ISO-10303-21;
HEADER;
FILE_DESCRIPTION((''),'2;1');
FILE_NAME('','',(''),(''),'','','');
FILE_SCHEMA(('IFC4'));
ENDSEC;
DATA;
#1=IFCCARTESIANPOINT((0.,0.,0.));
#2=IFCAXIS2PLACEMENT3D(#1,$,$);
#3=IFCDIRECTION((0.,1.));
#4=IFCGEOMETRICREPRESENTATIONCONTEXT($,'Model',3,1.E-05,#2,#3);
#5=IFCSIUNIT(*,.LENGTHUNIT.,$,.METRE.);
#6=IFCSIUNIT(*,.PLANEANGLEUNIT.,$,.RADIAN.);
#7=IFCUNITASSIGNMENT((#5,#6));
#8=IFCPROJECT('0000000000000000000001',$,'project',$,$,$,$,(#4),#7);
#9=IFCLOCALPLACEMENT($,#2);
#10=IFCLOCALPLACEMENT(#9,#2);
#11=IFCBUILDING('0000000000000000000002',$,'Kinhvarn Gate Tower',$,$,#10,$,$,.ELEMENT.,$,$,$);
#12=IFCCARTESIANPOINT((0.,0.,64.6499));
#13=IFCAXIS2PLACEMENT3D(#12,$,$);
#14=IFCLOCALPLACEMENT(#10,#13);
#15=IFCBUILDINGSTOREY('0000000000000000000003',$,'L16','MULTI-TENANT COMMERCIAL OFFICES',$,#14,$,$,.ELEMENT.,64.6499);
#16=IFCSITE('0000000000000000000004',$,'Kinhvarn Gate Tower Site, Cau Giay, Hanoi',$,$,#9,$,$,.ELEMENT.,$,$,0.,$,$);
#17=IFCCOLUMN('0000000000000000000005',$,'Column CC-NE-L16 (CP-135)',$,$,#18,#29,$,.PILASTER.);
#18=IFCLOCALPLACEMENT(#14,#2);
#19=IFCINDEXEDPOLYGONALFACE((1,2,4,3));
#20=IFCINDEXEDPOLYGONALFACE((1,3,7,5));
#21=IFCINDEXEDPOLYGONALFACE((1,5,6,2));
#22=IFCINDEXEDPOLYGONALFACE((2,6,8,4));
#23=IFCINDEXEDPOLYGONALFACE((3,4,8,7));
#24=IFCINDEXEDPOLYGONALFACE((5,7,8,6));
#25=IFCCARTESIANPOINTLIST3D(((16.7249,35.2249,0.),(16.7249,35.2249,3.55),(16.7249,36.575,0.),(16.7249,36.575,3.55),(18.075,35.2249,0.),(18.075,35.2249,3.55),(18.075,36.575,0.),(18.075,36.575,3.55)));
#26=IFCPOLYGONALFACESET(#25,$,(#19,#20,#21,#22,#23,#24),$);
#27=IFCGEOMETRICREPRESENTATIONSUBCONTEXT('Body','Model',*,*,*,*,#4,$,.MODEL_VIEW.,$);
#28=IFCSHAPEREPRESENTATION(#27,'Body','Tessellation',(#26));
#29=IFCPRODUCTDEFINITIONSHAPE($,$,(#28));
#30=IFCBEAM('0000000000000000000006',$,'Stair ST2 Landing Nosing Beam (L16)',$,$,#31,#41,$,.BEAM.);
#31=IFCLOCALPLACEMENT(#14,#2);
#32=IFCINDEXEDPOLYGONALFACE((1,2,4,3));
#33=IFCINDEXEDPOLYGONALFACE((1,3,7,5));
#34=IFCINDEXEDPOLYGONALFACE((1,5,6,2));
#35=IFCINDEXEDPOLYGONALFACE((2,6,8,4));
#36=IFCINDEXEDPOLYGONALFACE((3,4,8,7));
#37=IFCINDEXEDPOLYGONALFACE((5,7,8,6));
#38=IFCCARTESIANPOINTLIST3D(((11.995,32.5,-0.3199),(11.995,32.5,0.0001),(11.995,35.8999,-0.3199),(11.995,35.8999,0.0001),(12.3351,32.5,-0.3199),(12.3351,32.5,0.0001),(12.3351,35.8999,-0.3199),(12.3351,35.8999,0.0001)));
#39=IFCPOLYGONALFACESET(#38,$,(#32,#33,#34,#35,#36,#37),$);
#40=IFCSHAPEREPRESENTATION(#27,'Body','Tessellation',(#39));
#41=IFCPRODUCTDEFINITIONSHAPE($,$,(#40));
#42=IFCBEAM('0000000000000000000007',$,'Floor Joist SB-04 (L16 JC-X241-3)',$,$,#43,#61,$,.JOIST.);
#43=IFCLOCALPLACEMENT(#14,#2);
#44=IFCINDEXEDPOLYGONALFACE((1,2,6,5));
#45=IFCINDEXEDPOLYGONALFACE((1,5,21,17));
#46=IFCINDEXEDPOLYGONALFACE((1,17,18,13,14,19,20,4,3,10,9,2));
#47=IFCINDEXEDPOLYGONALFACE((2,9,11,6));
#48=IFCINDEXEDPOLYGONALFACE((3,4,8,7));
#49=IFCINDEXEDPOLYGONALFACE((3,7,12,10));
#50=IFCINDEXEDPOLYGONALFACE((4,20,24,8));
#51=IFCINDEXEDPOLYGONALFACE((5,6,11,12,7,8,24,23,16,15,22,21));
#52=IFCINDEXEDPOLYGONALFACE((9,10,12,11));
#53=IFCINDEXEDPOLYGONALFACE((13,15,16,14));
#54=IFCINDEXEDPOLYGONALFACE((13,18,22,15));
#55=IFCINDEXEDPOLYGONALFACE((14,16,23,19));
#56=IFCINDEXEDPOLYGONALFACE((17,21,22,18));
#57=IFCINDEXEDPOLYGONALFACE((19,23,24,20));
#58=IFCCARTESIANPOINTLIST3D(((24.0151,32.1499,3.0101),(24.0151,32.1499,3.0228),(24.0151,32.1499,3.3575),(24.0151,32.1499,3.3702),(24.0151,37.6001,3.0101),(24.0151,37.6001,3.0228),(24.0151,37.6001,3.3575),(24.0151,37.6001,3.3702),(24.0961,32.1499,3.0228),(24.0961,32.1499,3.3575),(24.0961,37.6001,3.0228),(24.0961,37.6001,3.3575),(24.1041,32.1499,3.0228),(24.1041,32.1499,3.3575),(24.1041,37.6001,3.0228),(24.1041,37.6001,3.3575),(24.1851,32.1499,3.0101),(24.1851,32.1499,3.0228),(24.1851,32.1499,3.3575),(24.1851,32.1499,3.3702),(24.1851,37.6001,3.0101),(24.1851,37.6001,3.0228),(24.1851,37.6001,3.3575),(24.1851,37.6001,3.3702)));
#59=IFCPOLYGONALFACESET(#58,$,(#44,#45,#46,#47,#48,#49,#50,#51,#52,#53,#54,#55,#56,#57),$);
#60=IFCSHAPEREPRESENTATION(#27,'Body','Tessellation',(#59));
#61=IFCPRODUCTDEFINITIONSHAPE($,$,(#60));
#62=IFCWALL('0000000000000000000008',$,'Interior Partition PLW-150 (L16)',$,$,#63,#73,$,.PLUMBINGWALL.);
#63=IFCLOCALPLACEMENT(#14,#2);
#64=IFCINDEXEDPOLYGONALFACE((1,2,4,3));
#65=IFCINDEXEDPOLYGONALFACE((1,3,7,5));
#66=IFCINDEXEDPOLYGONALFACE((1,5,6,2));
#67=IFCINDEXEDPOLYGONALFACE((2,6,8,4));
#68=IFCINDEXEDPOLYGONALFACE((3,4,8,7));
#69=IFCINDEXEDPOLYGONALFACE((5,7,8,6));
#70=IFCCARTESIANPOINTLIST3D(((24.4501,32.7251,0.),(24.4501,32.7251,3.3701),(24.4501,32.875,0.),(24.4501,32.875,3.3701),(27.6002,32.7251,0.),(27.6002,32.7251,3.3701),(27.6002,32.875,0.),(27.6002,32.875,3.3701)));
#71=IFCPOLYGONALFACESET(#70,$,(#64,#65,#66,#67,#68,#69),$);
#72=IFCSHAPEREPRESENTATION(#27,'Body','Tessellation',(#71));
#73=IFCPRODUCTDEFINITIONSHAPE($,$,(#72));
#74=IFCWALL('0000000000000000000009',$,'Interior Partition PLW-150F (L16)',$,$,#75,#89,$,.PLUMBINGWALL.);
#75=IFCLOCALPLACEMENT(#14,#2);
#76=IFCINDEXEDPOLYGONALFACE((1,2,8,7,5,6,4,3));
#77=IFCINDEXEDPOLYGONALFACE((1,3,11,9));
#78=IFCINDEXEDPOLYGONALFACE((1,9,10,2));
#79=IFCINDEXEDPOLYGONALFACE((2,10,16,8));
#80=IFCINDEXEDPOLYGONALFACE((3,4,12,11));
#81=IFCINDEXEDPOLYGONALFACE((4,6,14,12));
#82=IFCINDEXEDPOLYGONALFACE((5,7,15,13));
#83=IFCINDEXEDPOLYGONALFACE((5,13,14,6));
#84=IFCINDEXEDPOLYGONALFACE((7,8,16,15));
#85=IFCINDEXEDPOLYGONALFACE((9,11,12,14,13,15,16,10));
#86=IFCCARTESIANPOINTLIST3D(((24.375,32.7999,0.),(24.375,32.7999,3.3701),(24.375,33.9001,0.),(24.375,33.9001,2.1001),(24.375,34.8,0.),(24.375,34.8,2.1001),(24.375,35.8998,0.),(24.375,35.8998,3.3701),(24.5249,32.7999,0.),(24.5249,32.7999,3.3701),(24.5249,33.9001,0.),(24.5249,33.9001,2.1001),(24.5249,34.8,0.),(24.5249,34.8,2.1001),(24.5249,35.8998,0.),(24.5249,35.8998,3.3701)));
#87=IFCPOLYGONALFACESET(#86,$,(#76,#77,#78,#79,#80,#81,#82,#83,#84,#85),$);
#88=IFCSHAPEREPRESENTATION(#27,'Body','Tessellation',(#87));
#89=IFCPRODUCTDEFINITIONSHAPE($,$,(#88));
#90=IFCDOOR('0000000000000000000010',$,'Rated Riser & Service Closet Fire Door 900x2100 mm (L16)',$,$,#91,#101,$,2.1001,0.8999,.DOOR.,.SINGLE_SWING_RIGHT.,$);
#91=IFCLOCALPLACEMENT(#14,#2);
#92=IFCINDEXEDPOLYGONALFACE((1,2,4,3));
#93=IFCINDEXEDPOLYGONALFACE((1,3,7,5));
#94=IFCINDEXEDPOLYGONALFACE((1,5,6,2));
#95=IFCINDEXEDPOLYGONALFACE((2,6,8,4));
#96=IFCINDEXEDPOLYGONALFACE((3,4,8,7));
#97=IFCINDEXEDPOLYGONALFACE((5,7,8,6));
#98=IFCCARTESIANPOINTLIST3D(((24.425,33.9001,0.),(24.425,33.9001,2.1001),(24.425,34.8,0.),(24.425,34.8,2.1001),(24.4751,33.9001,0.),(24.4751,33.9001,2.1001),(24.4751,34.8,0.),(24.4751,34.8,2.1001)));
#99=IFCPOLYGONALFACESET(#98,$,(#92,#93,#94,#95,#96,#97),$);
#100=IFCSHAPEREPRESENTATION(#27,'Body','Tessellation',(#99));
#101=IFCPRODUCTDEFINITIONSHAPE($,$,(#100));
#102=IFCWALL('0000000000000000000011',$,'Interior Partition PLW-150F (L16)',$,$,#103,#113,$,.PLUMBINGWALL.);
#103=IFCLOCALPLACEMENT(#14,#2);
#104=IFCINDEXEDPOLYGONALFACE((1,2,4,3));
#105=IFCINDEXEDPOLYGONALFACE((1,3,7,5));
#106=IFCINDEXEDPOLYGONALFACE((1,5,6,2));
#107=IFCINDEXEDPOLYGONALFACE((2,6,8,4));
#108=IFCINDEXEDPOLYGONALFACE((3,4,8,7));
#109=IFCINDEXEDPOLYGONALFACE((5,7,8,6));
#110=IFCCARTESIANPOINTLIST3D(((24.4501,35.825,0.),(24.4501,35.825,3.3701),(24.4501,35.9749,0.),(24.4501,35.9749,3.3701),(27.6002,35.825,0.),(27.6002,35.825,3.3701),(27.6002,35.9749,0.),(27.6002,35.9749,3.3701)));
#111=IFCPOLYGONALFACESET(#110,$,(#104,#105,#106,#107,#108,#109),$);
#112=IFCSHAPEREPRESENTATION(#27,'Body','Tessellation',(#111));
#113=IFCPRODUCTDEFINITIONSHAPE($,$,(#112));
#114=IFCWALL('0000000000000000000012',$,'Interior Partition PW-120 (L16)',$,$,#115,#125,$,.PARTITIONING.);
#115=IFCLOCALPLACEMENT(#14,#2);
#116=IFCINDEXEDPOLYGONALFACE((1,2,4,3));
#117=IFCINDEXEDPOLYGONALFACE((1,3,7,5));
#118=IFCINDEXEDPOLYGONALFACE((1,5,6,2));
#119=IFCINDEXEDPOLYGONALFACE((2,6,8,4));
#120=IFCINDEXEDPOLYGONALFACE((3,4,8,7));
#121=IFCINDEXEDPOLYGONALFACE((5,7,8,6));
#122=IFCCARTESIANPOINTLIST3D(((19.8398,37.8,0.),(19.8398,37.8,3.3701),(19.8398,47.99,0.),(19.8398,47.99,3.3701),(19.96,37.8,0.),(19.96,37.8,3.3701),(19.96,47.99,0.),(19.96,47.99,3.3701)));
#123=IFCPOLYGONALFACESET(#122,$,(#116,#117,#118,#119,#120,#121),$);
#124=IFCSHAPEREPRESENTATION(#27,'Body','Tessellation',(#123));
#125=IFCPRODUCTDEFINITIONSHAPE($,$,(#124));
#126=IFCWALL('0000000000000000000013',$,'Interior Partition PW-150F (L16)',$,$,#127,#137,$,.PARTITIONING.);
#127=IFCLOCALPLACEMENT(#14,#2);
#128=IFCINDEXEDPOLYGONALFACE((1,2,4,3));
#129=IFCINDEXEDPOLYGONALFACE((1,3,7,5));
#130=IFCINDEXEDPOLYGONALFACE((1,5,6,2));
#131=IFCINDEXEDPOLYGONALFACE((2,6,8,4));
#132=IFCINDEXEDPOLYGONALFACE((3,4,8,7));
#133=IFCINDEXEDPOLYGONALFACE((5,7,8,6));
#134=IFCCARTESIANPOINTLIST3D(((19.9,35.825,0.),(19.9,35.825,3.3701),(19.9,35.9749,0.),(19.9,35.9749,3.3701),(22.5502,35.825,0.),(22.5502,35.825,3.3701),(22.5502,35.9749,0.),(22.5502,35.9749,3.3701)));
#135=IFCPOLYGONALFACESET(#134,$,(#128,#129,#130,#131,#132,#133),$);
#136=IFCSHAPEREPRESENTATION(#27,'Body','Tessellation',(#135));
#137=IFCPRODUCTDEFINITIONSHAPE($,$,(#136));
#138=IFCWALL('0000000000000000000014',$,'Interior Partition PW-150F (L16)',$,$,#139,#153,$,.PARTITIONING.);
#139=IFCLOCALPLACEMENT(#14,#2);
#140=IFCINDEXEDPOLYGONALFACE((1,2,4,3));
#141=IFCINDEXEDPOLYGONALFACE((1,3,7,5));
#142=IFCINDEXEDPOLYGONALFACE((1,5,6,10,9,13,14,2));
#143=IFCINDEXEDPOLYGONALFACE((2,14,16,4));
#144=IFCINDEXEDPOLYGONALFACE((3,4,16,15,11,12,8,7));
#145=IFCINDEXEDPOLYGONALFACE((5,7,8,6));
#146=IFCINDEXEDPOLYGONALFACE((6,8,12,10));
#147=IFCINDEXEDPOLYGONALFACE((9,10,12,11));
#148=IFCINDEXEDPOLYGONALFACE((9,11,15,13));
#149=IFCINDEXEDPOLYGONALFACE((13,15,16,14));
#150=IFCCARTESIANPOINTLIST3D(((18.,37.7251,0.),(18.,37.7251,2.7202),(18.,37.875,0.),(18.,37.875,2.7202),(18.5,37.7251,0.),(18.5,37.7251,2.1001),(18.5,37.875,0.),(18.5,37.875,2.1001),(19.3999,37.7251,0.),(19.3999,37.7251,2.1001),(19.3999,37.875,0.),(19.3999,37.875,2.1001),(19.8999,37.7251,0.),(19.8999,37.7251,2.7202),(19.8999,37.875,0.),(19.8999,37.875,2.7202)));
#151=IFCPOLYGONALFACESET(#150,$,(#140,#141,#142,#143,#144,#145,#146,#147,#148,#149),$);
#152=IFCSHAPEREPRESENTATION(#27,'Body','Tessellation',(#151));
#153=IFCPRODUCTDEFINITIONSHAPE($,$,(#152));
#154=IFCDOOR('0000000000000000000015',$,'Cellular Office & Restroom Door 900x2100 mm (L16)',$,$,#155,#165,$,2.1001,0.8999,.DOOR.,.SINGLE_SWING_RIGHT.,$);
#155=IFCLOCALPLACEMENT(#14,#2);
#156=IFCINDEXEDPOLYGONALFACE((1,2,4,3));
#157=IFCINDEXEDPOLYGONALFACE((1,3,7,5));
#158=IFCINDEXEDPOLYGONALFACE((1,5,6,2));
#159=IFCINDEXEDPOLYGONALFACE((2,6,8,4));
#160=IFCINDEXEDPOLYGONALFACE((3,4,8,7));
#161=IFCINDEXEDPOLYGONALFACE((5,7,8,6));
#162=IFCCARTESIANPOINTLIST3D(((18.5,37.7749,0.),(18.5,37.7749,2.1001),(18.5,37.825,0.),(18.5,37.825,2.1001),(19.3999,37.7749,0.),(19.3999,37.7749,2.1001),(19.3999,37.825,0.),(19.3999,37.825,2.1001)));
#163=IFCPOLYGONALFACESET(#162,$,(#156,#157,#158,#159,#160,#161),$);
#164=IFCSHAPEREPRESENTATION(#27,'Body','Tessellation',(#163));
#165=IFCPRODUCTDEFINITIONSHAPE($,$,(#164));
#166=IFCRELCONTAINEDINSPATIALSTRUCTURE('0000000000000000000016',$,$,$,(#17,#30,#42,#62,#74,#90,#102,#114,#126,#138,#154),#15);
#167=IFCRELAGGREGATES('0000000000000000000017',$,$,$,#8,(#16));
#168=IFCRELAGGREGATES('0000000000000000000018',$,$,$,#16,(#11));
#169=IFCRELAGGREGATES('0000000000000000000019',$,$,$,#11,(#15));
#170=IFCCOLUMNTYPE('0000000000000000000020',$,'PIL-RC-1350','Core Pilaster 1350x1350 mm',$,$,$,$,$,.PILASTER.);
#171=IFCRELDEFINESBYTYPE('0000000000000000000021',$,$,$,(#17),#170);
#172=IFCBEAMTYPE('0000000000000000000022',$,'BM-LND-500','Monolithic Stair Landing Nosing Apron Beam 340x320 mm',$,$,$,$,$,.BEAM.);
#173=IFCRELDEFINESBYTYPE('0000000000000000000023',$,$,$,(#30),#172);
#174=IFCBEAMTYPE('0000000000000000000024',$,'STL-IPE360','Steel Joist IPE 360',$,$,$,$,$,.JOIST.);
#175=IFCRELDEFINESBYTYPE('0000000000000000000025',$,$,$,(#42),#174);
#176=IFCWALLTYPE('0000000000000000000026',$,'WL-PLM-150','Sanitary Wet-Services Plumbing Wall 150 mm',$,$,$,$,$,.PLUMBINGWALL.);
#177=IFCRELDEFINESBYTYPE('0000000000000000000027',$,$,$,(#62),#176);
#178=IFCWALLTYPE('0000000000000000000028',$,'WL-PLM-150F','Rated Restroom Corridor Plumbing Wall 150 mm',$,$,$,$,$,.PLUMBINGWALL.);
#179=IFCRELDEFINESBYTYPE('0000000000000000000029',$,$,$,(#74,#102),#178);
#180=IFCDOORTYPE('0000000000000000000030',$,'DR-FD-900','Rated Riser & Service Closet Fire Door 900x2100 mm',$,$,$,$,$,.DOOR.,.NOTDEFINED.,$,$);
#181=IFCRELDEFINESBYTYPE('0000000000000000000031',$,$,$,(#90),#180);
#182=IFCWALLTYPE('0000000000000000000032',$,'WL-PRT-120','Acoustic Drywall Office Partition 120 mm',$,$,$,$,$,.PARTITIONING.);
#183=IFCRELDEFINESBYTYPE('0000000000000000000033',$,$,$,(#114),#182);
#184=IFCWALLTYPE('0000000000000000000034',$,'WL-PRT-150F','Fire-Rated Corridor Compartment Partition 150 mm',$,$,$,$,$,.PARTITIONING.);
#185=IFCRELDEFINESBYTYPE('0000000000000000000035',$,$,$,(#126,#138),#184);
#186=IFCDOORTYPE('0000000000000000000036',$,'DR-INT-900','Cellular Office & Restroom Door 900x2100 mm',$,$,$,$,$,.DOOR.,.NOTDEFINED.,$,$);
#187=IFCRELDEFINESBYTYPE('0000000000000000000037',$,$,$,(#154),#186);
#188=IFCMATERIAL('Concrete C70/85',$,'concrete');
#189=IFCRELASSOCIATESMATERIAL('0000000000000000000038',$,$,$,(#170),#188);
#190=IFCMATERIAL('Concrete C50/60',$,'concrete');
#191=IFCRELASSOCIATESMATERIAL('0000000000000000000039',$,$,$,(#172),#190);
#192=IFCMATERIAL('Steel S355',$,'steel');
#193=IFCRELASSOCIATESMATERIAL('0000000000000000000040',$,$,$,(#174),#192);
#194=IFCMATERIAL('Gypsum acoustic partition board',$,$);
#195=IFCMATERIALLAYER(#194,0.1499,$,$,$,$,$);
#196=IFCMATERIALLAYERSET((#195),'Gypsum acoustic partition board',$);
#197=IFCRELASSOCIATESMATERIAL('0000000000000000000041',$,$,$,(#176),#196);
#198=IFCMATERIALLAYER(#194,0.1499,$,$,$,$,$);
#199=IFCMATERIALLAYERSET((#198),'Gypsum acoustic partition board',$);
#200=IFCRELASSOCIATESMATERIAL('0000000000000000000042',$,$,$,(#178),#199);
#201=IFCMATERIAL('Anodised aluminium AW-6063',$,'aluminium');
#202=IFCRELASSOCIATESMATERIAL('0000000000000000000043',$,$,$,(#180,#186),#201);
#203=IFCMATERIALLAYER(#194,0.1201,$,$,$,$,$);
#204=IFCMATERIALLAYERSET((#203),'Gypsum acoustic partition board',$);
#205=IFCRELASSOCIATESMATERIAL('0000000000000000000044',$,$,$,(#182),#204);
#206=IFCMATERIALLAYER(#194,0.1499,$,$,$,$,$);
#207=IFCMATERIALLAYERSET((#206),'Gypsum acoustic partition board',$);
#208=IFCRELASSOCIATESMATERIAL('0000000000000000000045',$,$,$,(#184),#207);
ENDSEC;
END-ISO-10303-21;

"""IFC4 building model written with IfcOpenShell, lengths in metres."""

from ifc_helpers import new_model, si_unit, direction, frame, frame_2d, origin, origin_2d, place, context, subcontext, project, spatial, rectangle, i_section, extrude, material, layer, layer_set, material_profile, profile_set, type_object, element, fill, save


model = new_model("IFC4")

# Units and contexts
model_context = context("Model", 3, precision=1e-05, world=origin(), true_north=direction((0.0, 1.0)))
body_context = subcontext(model_context, "Body", "Model", "MODEL_VIEW")
ifc_project = project(units=[si_unit("LENGTHUNIT", "METRE"), si_unit("PLANEANGLEUNIT", "RADIAN")], contexts=[model_context])

# Site, building, storey
site_placement = place(None, origin())
site = spatial("IfcSite", under=ifc_project, at=site_placement, Name="Kinhvarn Gate Tower Site, Cau Giay, Hanoi", CompositionType="ELEMENT", RefElevation=0.0)
building_placement = place(site_placement, origin())
building = spatial("IfcBuilding", under=site, at=building_placement, Name="Kinhvarn Gate Tower", CompositionType="ELEMENT")
storey_placement = place(building_placement, frame((0.0, 0.0, 64.6499)))
storey = spatial("IfcBuildingStorey", under=building, at=storey_placement, Name="L16", Description="MULTI-TENANT COMMERCIAL OFFICES", CompositionType="ELEMENT", Elevation=64.6499)

# Column
ifc_material_1 = material(Name="Concrete C70/85", Category="concrete")
ifc_material_profile_1 = material_profile(ifc_material_1, rectangle(XDim=1.3501, YDim=1.3501, at=origin_2d()), Name="RC 1350x1350")
ifc_profile_set_1 = profile_set([ifc_material_profile_1], Name="Concrete C70/85")
column_type = type_object("IfcColumnType", Name="PIL-RC-1350", Description="Core Pilaster 1350x1350 mm", PredefinedType="PILASTER", material=ifc_profile_set_1)
column_placement = place(storey_placement, frame((17.3999, 35.8999, 0.0), z_axis=(0.0, 0.0, 1.0), x_axis=(1.0, 0.0, 0.0)))
element("IfcColumn", 1, at=column_placement, inside=storey, type_object=column_type, Name="Column CC-NE-L16 (CP-135)", PredefinedType="PILASTER", context=body_context, shape_type="SweptSolid", body=[
    extrude(rectangle(XDim=1.3501, YDim=1.3501, at=origin_2d()), origin(), (0.0, 0.0, 1.0), 3.55),
])

# Beams
ifc_material_2 = material(Name="Concrete C50/60", Category="concrete")
ifc_material_profile_2 = material_profile(ifc_material_2, rectangle(XDim=0.3401, YDim=0.3201, at=origin_2d()), Name="RC 340x320")
ifc_profile_set_2 = profile_set([ifc_material_profile_2], Name="Concrete C50/60")
beam_type_1 = type_object("IfcBeamType", Name="BM-LND-500", Description="Monolithic Stair Landing Nosing Apron Beam 340x320 mm", PredefinedType="BEAM", material=ifc_profile_set_2)
beam_1_placement = place(storey_placement, frame((12.165, 32.5, -0.1599), z_axis=(0.0, 1.0, 0.0), x_axis=(-1.0, 0.0, 0.0)))
element("IfcBeam", 2, at=beam_1_placement, inside=storey, type_object=beam_type_1, Name="Stair ST2 Landing Nosing Beam (L16)", PredefinedType="BEAM", context=body_context, shape_type="SweptSolid", body=[
    extrude(rectangle(XDim=0.3401, YDim=0.3201, at=origin_2d()), origin(), (0.0, 0.0, 1.0), 3.3999),
])
ifc_material_3 = material(Name="Steel S355", Category="steel")
ifc_material_profile_3 = material_profile(ifc_material_3, i_section(OverallWidth=0.1699, OverallDepth=0.3601, WebThickness=0.0081, FlangeThickness=0.0127, at=origin_2d()), Name="IPE 360")
ifc_profile_set_3 = profile_set([ifc_material_profile_3], Name="Steel S355")
beam_type_2 = type_object("IfcBeamType", Name="STL-IPE360", Description="Steel Joist IPE 360", PredefinedType="JOIST", material=ifc_profile_set_3)
beam_2_placement = place(storey_placement, frame((24.1001, 32.1499, 3.1902), z_axis=(0.0, 1.0, 0.0), x_axis=(-1.0, 0.0, 0.0)))
element("IfcBeam", 3, at=beam_2_placement, inside=storey, type_object=beam_type_2, Name="Floor Joist SB-04 (L16 JC-X241-3)", PredefinedType="JOIST", context=body_context, shape_type="SweptSolid", body=[
    extrude(i_section(OverallWidth=0.1699, OverallDepth=0.3601, WebThickness=0.0081, FlangeThickness=0.0127, at=origin_2d()), origin(), (0.0, 0.0, 1.0), 5.4502),
])

# Wall
ifc_material_4 = material(Name="Gypsum acoustic partition board")
ifc_layer_1 = layer(ifc_material_4, 0.1499)
ifc_layer_set_1 = layer_set([ifc_layer_1], Name="Gypsum acoustic partition board")
wall_type_1 = type_object("IfcWallType", Name="WL-PLM-150", Description="Sanitary Wet-Services Plumbing Wall 150 mm", PredefinedType="PLUMBINGWALL", material=ifc_layer_set_1)
wall_1_placement = place(storey_placement, frame((24.45, 32.8, 0.0), z_axis=(0.0, 0.0, 1.0), x_axis=(1.0, 0.0, 0.0)))
element("IfcWall", 4, at=wall_1_placement, inside=storey, type_object=wall_type_1, Name="Interior Partition PLW-150 (L16)", PredefinedType="PLUMBINGWALL", context=body_context, shape_type="SweptSolid", body=[
    extrude(rectangle(XDim=3.1501, YDim=0.1499, at=frame_2d((1.5752, 0.0))), origin(), (0.0, 0.0, 1.0), 3.3701),
])

# Wall, opening, door
ifc_layer_2 = layer(ifc_material_4, 0.1499)
ifc_layer_set_2 = layer_set([ifc_layer_2], Name="Gypsum acoustic partition board")
wall_type_2 = type_object("IfcWallType", Name="WL-PLM-150F", Description="Rated Restroom Corridor Plumbing Wall 150 mm", PredefinedType="PLUMBINGWALL", material=ifc_layer_set_2)
wall_2_placement = place(storey_placement, frame((24.45, 32.8, 0.0), z_axis=(0.0, 0.0, 1.0), x_axis=(0.0, 1.0, 0.0)))
wall_2 = element("IfcWall", 5, at=wall_2_placement, inside=storey, type_object=wall_type_2, Name="Interior Partition PLW-150F (L16)", PredefinedType="PLUMBINGWALL", context=body_context, shape_type="SweptSolid", body=[
    extrude(rectangle(XDim=3.0999, YDim=0.1499, at=frame_2d((1.5498, 0.0))), origin(), (0.0, 0.0, 1.0), 3.3701),
])
opening_1_placement = place(wall_2_placement, frame((1.1001, 0.0, 0.0)))
opening_1 = element("IfcOpeningElement", 6, at=opening_1_placement, cuts=wall_2, PredefinedType="OPENING", context=body_context, shape_type="SweptSolid", body=[
    extrude(rectangle(XDim=0.8999, YDim=2.1001, at=frame_2d((0.45, 1.05))), frame((0.0, 0.085, 0.0), z_axis=(0.0, -1.0, 0.0), x_axis=(1.0, 0.0, 0.0)), (0.0, 0.0, 1.0), 0.1699),
])
ifc_material_5 = material(Name="Anodised aluminium AW-6063", Category="aluminium")
door_type_1 = type_object("IfcDoorType", Name="DR-FD-900", Description="Rated Riser & Service Closet Fire Door 900x2100 mm", OperationType="NOTDEFINED", PredefinedType="DOOR", material=ifc_material_5)
door_1_placement = place(opening_1_placement, origin())
door_1 = element("IfcDoor", 7, at=door_1_placement, inside=storey, type_object=door_type_1, Name="Rated Riser & Service Closet Fire Door 900x2100 mm (L16)", OperationType="SINGLE_SWING_RIGHT", OverallHeight=2.1001, OverallWidth=0.8999, PredefinedType="DOOR", context=body_context, shape_type="SweptSolid", body=[
    extrude(rectangle(XDim=0.8999, YDim=2.1001, at=frame_2d((0.45, 1.05))), frame((0.0, 0.0249, 0.0), z_axis=(0.0, -1.0, 0.0), x_axis=(1.0, 0.0, 0.0)), (0.0, 0.0, 1.0), 0.05),
])
fill(opening_1, door_1)

# Walls
wall_3_placement = place(storey_placement, frame((24.45, 35.8999, 0.0), z_axis=(0.0, 0.0, 1.0), x_axis=(1.0, 0.0, 0.0)))
element("IfcWall", 8, at=wall_3_placement, inside=storey, type_object=wall_type_2, Name="Interior Partition PLW-150F (L16)", PredefinedType="PLUMBINGWALL", context=body_context, shape_type="SweptSolid", body=[
    extrude(rectangle(XDim=3.1501, YDim=0.1499, at=frame_2d((1.5752, 0.0))), origin(), (0.0, 0.0, 1.0), 3.3701),
])
ifc_layer_3 = layer(ifc_material_4, 0.1201)
ifc_layer_set_3 = layer_set([ifc_layer_3], Name="Gypsum acoustic partition board")
wall_type_3 = type_object("IfcWallType", Name="WL-PRT-120", Description="Acoustic Drywall Office Partition 120 mm", PredefinedType="PARTITIONING", material=ifc_layer_set_3)
wall_4_placement = place(storey_placement, frame((19.8999, 37.8, 0.0), z_axis=(0.0, 0.0, 1.0), x_axis=(0.0, 1.0, 0.0)))
element("IfcWall", 9, at=wall_4_placement, inside=storey, type_object=wall_type_3, Name="Interior Partition PW-120 (L16)", PredefinedType="PARTITIONING", context=body_context, shape_type="SweptSolid", body=[
    extrude(rectangle(XDim=10.1899, YDim=0.1201, at=frame_2d((5.095, 0.0))), origin(), (0.0, 0.0, 1.0), 3.3701),
])
ifc_layer_4 = layer(ifc_material_4, 0.1499)
ifc_layer_set_4 = layer_set([ifc_layer_4], Name="Gypsum acoustic partition board")
wall_type_4 = type_object("IfcWallType", Name="WL-PRT-150F", Description="Fire-Rated Corridor Compartment Partition 150 mm", PredefinedType="PARTITIONING", material=ifc_layer_set_4)
wall_5_placement = place(storey_placement, frame((19.8999, 35.8999, 0.0), z_axis=(0.0, 0.0, 1.0), x_axis=(1.0, 0.0, 0.0)))
element("IfcWall", 10, at=wall_5_placement, inside=storey, type_object=wall_type_4, Name="Interior Partition PW-150F (L16)", PredefinedType="PARTITIONING", context=body_context, shape_type="SweptSolid", body=[
    extrude(rectangle(XDim=2.6501, YDim=0.1499, at=frame_2d((1.3252, 0.0))), origin(), (0.0, 0.0, 1.0), 3.3701),
])

# Wall, opening, door
wall_6_placement = place(storey_placement, frame((18.0, 37.8, 0.0), z_axis=(0.0, 0.0, 1.0), x_axis=(1.0, 0.0, 0.0)))
wall_6 = element("IfcWall", 11, at=wall_6_placement, inside=storey, type_object=wall_type_4, Name="Interior Partition PW-150F (L16)", PredefinedType="PARTITIONING", context=body_context, shape_type="SweptSolid", body=[
    extrude(rectangle(XDim=1.8999, YDim=0.1499, at=frame_2d((0.95, 0.0))), origin(), (0.0, 0.0, 1.0), 2.7202),
])
opening_2_placement = place(wall_6_placement, frame((0.5, 0.0, 0.0)))
opening_2 = element("IfcOpeningElement", 12, at=opening_2_placement, cuts=wall_6, PredefinedType="OPENING", context=body_context, shape_type="SweptSolid", body=[
    extrude(rectangle(XDim=0.8999, YDim=2.1001, at=frame_2d((0.45, 1.05))), frame((0.0, 0.085, 0.0), z_axis=(0.0, -1.0, 0.0), x_axis=(1.0, 0.0, 0.0)), (0.0, 0.0, 1.0), 0.1699),
])
door_type_2 = type_object("IfcDoorType", Name="DR-INT-900", Description="Cellular Office & Restroom Door 900x2100 mm", OperationType="NOTDEFINED", PredefinedType="DOOR", material=ifc_material_5)
door_2_placement = place(opening_2_placement, origin())
door_2 = element("IfcDoor", 13, at=door_2_placement, inside=storey, type_object=door_type_2, Name="Cellular Office & Restroom Door 900x2100 mm (L16)", OperationType="SINGLE_SWING_RIGHT", OverallHeight=2.1001, OverallWidth=0.8999, PredefinedType="DOOR", context=body_context, shape_type="SweptSolid", body=[
    extrude(rectangle(XDim=0.8999, YDim=2.1001, at=frame_2d((0.45, 1.05))), frame((0.0, 0.0249, 0.0), z_axis=(0.0, -1.0, 0.0), x_axis=(1.0, 0.0, 0.0)), (0.0, 0.0, 1.0), 0.05),
])
fill(opening_2, door_2)

save(model, "model.ifc")
